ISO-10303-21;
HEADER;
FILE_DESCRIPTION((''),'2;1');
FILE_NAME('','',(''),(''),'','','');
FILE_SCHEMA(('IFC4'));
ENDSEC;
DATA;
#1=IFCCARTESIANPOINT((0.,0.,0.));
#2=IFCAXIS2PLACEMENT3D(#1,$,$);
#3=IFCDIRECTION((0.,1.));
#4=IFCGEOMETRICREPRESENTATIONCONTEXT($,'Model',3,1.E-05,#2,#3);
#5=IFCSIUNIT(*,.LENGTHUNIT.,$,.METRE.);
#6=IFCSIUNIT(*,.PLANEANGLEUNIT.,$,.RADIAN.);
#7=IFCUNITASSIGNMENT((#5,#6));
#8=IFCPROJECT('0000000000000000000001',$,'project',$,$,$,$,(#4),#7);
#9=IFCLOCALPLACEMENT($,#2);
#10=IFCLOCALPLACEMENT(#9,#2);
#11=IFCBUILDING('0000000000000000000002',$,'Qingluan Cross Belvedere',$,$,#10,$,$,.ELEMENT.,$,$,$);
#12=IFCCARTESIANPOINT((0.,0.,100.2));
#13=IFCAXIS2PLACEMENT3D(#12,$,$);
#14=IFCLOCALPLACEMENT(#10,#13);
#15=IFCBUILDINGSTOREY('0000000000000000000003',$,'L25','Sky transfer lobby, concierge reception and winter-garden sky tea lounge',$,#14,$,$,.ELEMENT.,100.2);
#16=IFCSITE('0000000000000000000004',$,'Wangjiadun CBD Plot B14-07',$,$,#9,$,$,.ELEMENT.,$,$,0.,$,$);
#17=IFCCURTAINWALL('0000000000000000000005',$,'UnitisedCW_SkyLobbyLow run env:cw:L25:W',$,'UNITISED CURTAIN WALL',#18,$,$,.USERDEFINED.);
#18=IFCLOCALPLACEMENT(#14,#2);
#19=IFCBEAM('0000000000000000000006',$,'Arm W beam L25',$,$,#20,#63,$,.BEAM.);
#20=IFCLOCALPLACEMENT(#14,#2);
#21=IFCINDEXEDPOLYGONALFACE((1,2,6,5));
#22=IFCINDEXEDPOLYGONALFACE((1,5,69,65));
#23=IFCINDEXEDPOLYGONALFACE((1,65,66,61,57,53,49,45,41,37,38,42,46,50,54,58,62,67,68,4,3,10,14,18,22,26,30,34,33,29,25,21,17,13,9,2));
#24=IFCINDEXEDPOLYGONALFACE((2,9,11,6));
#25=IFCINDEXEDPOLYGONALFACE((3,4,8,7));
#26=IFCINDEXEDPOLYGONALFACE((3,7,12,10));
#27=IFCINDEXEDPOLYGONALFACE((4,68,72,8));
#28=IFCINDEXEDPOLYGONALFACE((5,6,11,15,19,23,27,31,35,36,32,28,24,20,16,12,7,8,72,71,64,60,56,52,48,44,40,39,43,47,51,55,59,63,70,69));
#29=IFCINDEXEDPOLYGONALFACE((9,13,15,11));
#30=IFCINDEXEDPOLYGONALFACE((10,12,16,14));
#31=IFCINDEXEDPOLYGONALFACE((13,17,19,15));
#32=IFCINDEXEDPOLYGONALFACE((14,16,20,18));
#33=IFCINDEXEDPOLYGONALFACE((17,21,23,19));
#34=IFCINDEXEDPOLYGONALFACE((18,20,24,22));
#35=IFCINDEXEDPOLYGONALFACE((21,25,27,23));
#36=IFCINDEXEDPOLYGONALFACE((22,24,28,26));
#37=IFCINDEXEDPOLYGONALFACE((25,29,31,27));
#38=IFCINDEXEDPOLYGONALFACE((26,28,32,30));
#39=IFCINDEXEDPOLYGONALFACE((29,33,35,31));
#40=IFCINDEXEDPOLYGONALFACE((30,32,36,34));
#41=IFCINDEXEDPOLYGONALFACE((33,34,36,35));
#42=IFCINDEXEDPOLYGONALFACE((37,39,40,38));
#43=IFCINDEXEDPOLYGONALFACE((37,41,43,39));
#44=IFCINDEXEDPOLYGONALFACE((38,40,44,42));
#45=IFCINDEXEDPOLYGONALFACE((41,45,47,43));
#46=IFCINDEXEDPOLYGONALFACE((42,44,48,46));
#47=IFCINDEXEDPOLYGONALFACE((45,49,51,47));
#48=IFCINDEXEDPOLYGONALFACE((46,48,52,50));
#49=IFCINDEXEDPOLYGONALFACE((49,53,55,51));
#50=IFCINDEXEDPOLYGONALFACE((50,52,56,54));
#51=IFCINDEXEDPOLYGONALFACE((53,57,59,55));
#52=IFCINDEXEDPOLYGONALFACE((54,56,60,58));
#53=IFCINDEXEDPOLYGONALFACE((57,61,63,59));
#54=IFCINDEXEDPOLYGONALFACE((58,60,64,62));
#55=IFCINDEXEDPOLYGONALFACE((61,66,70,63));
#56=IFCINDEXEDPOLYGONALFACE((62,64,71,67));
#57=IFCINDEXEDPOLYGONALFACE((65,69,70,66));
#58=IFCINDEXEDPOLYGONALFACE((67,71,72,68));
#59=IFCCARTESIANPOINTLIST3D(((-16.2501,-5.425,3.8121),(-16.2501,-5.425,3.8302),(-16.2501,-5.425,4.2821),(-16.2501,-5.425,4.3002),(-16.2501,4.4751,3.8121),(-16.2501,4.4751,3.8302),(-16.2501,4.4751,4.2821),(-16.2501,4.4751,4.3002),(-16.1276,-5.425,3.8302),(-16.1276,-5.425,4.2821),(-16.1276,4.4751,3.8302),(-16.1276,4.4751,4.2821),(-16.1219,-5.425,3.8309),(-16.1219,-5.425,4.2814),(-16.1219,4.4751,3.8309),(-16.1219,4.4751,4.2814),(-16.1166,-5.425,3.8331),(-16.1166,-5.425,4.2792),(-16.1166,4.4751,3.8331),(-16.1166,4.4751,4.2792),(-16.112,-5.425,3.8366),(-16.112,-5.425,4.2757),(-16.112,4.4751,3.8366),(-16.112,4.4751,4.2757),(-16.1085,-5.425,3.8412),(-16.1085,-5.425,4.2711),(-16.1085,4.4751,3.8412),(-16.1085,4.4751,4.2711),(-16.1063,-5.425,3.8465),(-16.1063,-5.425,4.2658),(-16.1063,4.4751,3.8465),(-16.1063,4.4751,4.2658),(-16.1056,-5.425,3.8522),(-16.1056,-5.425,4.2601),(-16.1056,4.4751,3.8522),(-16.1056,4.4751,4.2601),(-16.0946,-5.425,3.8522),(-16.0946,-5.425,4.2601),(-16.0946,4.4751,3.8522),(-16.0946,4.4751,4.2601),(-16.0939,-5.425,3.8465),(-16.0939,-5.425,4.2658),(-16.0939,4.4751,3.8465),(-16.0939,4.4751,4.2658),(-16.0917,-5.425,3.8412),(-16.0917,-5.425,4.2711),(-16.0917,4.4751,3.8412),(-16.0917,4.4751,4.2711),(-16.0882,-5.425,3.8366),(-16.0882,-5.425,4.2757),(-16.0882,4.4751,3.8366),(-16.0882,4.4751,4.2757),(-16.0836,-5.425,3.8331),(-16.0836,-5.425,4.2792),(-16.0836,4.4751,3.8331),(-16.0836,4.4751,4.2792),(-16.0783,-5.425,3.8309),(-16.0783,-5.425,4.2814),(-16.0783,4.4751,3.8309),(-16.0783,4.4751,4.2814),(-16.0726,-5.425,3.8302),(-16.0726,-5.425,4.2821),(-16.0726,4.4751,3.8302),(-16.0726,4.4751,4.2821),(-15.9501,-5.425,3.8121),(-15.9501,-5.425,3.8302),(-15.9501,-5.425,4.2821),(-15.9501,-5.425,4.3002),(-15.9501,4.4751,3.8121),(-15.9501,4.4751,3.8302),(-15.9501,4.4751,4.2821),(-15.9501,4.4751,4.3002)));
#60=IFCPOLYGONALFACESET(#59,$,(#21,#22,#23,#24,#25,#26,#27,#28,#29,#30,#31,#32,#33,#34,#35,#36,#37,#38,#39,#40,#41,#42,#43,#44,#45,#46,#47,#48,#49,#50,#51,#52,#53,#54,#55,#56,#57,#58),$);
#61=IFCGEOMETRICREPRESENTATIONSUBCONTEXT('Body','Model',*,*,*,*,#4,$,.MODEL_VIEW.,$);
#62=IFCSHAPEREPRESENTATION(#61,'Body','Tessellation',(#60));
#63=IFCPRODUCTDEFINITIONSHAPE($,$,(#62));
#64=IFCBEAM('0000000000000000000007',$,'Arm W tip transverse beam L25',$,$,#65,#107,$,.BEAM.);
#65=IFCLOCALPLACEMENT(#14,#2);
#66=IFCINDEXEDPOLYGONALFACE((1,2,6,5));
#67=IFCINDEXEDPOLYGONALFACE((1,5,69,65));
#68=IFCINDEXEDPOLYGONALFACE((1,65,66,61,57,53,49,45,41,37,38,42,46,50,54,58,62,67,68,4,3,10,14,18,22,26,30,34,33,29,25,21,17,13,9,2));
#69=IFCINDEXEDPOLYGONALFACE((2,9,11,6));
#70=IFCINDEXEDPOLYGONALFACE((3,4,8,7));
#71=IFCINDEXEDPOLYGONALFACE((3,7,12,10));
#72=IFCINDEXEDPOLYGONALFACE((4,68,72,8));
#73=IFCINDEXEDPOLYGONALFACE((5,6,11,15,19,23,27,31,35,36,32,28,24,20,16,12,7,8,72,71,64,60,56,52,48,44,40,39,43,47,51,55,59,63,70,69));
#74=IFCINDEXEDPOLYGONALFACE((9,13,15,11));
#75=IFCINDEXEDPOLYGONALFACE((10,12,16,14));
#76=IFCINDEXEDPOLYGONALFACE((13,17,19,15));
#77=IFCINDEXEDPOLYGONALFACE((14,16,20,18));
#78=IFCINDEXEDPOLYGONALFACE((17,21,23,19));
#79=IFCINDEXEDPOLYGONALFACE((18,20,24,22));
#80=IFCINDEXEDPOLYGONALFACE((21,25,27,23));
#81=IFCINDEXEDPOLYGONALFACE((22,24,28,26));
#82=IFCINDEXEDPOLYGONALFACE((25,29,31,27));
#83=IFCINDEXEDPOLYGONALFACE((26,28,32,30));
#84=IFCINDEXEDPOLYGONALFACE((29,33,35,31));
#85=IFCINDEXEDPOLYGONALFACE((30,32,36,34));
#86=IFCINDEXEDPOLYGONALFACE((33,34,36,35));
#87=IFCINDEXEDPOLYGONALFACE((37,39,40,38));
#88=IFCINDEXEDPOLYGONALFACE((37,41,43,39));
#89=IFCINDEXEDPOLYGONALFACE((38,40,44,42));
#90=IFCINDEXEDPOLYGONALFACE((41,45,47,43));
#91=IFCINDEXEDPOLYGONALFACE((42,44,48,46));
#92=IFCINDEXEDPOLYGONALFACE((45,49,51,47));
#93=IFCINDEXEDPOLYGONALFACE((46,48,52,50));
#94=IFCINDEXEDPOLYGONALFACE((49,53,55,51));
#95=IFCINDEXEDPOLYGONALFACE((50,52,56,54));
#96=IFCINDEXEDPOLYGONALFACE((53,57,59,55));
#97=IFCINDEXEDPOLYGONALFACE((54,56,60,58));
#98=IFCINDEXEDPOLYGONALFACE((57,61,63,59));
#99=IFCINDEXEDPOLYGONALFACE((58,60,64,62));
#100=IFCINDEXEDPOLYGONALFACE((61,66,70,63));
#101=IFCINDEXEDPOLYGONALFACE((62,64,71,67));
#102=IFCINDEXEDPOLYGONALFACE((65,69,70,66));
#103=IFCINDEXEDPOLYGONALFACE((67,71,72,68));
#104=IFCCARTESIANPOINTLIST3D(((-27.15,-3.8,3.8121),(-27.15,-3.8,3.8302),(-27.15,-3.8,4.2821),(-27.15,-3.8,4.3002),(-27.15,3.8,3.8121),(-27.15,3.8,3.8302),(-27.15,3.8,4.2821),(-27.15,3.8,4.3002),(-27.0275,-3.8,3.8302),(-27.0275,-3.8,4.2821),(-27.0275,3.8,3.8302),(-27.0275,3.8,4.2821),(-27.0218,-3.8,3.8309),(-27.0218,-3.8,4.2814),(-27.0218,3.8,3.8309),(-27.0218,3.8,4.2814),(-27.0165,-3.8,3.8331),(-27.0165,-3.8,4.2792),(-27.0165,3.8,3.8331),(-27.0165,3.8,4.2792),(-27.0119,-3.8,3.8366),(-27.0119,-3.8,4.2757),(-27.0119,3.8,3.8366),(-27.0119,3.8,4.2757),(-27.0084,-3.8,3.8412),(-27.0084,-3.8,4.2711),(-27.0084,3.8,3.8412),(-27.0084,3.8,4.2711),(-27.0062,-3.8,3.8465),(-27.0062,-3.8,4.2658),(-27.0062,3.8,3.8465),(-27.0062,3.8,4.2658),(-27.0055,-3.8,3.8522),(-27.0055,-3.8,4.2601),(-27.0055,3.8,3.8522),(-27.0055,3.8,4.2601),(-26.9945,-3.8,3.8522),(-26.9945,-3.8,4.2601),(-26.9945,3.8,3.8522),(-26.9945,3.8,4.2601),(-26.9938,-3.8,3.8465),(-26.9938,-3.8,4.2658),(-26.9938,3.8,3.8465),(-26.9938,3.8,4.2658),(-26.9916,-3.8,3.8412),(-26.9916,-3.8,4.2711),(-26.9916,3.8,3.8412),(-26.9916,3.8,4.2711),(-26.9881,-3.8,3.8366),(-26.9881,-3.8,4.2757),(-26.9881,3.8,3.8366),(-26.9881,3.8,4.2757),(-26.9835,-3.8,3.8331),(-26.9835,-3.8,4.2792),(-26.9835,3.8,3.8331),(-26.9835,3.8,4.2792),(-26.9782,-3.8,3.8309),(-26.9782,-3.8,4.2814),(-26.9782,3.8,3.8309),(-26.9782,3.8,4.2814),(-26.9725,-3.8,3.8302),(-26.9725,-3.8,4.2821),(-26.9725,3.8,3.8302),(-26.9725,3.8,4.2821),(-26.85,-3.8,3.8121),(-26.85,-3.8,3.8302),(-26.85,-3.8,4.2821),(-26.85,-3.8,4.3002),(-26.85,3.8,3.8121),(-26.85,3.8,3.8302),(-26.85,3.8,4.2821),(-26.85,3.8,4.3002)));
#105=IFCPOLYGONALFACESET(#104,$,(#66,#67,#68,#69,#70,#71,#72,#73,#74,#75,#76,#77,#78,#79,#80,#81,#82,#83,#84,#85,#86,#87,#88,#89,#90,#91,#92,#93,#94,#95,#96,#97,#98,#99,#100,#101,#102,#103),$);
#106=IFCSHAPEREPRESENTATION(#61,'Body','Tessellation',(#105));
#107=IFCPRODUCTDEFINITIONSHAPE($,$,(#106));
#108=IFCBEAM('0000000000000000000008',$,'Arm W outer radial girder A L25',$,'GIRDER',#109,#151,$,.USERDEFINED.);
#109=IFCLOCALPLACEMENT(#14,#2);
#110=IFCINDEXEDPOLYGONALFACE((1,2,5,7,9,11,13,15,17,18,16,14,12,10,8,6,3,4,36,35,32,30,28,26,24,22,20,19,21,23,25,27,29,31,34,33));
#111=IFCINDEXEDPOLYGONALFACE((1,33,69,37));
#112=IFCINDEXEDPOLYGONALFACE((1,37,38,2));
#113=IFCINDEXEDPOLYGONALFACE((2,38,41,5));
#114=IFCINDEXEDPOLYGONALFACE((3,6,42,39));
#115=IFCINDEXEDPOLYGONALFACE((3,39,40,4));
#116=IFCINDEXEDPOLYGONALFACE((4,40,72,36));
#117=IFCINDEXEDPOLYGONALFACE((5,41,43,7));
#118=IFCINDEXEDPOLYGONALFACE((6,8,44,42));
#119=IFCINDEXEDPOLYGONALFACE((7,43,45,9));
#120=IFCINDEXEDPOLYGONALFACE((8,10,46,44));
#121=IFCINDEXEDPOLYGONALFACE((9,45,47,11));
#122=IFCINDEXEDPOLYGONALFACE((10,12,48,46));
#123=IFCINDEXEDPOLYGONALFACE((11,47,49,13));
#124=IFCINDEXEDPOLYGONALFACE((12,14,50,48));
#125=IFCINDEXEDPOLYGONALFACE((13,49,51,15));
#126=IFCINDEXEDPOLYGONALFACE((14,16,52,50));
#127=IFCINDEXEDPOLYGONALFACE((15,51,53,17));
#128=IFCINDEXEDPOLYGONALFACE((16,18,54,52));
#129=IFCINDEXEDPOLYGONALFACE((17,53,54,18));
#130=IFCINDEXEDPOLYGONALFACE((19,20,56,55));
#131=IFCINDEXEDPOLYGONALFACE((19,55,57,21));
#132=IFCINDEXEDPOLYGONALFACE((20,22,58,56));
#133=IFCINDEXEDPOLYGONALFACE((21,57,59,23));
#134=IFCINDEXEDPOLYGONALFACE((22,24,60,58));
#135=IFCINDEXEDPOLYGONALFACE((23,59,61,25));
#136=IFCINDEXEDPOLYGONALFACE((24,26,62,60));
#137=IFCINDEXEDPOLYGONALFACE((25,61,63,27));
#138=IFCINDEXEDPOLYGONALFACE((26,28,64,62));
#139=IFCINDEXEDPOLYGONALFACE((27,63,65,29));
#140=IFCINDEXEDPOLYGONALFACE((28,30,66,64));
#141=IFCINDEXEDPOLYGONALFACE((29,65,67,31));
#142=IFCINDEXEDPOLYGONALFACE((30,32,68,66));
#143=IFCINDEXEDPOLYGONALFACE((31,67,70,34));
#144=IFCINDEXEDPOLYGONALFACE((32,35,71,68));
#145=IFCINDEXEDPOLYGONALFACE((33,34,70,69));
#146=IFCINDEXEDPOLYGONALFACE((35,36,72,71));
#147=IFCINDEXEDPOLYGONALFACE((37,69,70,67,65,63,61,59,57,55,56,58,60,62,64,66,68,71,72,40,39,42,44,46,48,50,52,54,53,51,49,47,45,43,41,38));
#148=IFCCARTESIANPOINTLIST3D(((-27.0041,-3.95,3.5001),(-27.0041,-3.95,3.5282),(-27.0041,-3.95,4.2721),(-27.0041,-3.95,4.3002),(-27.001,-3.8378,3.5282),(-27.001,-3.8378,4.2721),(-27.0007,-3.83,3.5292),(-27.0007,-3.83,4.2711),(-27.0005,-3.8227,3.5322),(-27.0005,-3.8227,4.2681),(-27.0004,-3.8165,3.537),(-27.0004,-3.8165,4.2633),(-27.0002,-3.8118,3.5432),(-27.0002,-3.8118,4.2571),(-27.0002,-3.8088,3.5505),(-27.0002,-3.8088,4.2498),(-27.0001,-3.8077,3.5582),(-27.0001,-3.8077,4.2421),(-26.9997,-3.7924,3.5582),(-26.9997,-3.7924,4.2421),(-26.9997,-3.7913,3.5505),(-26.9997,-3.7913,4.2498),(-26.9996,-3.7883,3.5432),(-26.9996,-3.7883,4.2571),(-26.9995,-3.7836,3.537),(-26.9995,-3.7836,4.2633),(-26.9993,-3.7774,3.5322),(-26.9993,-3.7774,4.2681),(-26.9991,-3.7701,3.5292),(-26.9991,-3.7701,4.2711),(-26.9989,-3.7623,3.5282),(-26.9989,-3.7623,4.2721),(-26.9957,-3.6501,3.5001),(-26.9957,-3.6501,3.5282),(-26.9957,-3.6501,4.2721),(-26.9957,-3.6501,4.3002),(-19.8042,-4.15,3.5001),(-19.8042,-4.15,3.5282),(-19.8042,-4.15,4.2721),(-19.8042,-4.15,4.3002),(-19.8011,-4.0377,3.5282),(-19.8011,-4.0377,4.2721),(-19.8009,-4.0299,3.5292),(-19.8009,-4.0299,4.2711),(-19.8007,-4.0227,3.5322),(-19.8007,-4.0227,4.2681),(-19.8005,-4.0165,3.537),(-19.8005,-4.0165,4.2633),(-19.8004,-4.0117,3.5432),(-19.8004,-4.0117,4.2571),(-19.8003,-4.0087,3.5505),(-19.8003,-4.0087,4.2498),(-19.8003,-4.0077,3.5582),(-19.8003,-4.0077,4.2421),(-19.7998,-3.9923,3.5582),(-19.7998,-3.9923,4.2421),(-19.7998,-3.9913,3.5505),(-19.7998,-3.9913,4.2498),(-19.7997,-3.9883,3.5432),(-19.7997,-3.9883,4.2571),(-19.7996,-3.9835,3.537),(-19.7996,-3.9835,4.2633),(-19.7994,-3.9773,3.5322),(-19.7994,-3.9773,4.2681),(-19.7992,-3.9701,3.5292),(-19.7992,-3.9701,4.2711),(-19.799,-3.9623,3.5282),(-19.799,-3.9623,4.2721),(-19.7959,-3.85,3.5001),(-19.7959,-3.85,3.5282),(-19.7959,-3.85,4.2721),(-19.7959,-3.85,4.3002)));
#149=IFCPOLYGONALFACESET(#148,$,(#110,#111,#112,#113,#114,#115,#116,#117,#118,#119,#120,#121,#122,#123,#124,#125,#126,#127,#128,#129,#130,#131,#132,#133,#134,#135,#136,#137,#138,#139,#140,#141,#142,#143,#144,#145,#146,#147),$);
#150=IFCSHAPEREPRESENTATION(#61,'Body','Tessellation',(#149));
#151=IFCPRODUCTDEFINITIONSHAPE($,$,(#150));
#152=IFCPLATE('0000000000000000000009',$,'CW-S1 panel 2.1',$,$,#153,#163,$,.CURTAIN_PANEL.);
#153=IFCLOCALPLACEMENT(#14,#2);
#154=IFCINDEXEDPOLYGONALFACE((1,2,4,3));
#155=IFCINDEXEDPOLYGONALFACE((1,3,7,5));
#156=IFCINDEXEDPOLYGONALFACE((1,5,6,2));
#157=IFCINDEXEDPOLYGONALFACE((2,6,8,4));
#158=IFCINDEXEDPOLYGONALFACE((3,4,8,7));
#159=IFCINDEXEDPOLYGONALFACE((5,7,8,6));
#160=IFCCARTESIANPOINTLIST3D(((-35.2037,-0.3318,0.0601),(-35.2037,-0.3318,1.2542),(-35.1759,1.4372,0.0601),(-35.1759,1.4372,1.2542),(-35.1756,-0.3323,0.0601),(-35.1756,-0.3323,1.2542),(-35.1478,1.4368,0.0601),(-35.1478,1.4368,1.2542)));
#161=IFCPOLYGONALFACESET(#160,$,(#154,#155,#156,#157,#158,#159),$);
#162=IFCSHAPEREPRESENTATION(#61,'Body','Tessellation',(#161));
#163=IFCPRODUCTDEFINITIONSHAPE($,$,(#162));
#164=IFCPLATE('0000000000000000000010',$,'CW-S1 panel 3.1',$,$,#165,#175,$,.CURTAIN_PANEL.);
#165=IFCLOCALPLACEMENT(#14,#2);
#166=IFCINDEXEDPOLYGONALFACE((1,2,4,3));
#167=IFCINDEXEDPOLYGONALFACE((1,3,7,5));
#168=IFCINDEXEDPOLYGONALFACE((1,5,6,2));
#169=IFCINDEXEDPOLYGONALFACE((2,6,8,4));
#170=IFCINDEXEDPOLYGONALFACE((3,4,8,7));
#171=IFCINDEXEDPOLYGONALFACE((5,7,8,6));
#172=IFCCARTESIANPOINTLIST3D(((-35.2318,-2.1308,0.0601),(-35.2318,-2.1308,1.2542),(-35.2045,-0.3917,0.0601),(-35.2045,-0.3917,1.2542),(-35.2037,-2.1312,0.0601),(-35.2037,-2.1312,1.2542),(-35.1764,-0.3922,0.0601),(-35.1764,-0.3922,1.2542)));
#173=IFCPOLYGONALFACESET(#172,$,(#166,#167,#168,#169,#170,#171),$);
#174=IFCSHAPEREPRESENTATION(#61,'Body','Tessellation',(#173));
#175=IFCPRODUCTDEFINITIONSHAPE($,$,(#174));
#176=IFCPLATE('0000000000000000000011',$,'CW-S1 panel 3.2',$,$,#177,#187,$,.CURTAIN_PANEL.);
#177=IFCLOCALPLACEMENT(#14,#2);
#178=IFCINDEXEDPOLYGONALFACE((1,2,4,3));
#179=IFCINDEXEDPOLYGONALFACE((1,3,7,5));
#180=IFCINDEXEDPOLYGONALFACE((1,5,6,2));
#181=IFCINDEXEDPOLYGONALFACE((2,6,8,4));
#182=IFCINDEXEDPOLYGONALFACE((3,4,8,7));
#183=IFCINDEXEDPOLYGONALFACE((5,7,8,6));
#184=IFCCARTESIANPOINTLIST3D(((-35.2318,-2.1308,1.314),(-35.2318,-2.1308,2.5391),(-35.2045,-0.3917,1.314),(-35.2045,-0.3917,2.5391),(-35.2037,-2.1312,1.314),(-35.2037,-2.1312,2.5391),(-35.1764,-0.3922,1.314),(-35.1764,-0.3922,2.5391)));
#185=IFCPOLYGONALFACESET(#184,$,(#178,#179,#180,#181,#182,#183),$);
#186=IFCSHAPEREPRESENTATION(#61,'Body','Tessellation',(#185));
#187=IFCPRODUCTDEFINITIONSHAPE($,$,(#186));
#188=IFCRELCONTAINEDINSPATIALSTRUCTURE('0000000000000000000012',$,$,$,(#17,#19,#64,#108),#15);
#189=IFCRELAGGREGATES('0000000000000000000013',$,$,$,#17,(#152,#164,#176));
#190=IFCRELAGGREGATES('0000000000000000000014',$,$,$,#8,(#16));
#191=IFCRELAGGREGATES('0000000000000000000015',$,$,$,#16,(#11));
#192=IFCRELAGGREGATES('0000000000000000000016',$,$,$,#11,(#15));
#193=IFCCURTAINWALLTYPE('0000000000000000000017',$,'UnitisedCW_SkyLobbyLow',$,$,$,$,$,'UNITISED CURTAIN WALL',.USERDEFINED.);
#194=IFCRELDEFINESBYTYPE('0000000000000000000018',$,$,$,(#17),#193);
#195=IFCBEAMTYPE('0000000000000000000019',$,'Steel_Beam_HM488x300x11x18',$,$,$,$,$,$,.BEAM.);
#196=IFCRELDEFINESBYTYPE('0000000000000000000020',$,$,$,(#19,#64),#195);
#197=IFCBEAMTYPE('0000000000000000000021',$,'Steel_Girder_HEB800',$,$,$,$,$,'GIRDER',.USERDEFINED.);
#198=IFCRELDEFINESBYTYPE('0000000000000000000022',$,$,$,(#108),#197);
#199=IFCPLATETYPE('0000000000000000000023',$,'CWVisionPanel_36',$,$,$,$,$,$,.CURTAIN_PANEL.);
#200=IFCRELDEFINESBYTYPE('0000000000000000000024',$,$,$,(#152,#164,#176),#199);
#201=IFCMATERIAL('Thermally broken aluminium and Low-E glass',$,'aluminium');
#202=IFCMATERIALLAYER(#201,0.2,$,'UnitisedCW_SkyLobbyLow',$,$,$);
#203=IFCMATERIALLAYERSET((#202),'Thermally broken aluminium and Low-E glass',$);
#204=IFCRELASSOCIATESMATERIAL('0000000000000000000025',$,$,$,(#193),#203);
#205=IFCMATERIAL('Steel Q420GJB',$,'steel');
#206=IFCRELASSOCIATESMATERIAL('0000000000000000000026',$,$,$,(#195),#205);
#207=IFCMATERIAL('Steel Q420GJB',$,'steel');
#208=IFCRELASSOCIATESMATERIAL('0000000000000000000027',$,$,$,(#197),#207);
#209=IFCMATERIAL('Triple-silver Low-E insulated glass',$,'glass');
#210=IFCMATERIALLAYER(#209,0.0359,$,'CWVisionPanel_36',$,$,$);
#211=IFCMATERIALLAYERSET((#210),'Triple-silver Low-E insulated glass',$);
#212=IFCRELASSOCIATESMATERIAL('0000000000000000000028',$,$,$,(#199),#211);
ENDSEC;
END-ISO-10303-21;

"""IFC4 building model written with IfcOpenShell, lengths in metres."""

from ifc_helpers import new_model, si_unit, direction, frame, origin, origin_2d, place, context, subcontext, project, spatial, rectangle, i_section, extrude, material, layer, layer_set, material_profile, profile_set, type_object, element, aggregate, save


model = new_model("IFC4")

# Units and contexts
model_context = context("Model", 3, precision=1e-05, world=origin(), true_north=direction((0.0, 1.0)))
body_context = subcontext(model_context, "Body", "Model", "MODEL_VIEW")
ifc_project = project(units=[si_unit("LENGTHUNIT", "METRE"), si_unit("PLANEANGLEUNIT", "RADIAN")], contexts=[model_context])

# Site, building, storey
site_placement = place(None, origin())
site = spatial("IfcSite", under=ifc_project, at=site_placement, Name="Wangjiadun CBD Plot B14-07", CompositionType="ELEMENT", RefElevation=0.0)
building_placement = place(site_placement, origin())
building = spatial("IfcBuilding", under=site, at=building_placement, Name="Qingluan Cross Belvedere", CompositionType="ELEMENT")
storey_placement = place(building_placement, frame((0.0, 0.0, 100.2)))
storey = spatial("IfcBuildingStorey", under=building, at=storey_placement, Name="L25", Description="Sky transfer lobby, concierge reception and winter-garden sky tea lounge", CompositionType="ELEMENT", Elevation=100.2)

# Curtain wall
ifc_material_1 = material(Name="Thermally broken aluminium and Low-E glass", Category="aluminium")
ifc_layer_1 = layer(ifc_material_1, 0.2, Name="UnitisedCW_SkyLobbyLow")
ifc_layer_set_1 = layer_set([ifc_layer_1], Name="Thermally broken aluminium and Low-E glass")
curtain_wall_type = type_object("IfcCurtainWallType", Name="UnitisedCW_SkyLobbyLow", ElementType="UNITISED CURTAIN WALL", PredefinedType="USERDEFINED", material=ifc_layer_set_1)
curtain_wall_placement = place(storey_placement, origin())
curtain_wall = element("IfcCurtainWall", 1, at=curtain_wall_placement, inside=storey, type_object=curtain_wall_type, Name="UnitisedCW_SkyLobbyLow run env:cw:L25:W", ObjectType="UNITISED CURTAIN WALL", PredefinedType="USERDEFINED")

# Beams
ifc_material_2 = material(Name="Steel Q420GJB", Category="steel")
ifc_material_profile_1 = material_profile(ifc_material_2, i_section(OverallWidth=0.3, OverallDepth=0.488, WebThickness=0.011, FlangeThickness=0.0181, FilletRadius=0.022, at=origin_2d()), Name="HM488x300x11x18")
ifc_profile_set_1 = profile_set([ifc_material_profile_1], Name="Steel Q420GJB")
beam_type_1 = type_object("IfcBeamType", Name="Steel_Beam_HM488x300x11x18", PredefinedType="BEAM", material=ifc_profile_set_1)
beam_1_placement = place(storey_placement, frame((-16.1001, -5.425, 4.0562), z_axis=(0.0, 1.0, 0.0), x_axis=(-1.0, 0.0, 0.0)))
element("IfcBeam", 2, at=beam_1_placement, inside=storey, type_object=beam_type_1, Name="Arm W beam L25", PredefinedType="BEAM", context=body_context, shape_type="SweptSolid", body=[
    extrude(i_section(OverallWidth=0.3, OverallDepth=0.488, WebThickness=0.011, FlangeThickness=0.0181, FilletRadius=0.022, at=origin_2d()), origin(), (0.0, 0.0, 1.0), 9.9001),
])
beam_2_placement = place(storey_placement, frame((-27.0, -3.8, 4.0562), z_axis=(0.0, 1.0, 0.0), x_axis=(-1.0, 0.0, 0.0)))
element("IfcBeam", 3, at=beam_2_placement, inside=storey, type_object=beam_type_1, Name="Arm W tip transverse beam L25", PredefinedType="BEAM", context=body_context, shape_type="SweptSolid", body=[
    extrude(i_section(OverallWidth=0.3, OverallDepth=0.488, WebThickness=0.011, FlangeThickness=0.0181, FilletRadius=0.022, at=origin_2d()), origin(), (0.0, 0.0, 1.0), 7.6001),
])
ifc_material_3 = material(Name="Steel Q420GJB", Category="steel")
ifc_material_profile_2 = material_profile(ifc_material_3, i_section(OverallWidth=0.3, OverallDepth=0.8, WebThickness=0.0154, FlangeThickness=0.0281, FilletRadius=0.03, at=origin_2d()), Name="HEB800")
ifc_profile_set_2 = profile_set([ifc_material_profile_2], Name="Steel Q420GJB")
beam_type_2 = type_object("IfcBeamType", Name="Steel_Girder_HEB800", ElementType="GIRDER", PredefinedType="USERDEFINED", material=ifc_profile_set_2)
beam_3_placement = place(storey_placement, frame((-19.8, -4.0, 3.9001), z_axis=(-0.999615, 0.02776, 0.0), x_axis=(-0.02776, -0.999615, 0.0)))
element("IfcBeam", 4, at=beam_3_placement, inside=storey, type_object=beam_type_2, Name="Arm W outer radial girder A L25", ObjectType="GIRDER", PredefinedType="USERDEFINED", context=body_context, shape_type="SweptSolid", body=[
    extrude(i_section(OverallWidth=0.3, OverallDepth=0.8, WebThickness=0.0154, FlangeThickness=0.0281, FilletRadius=0.03, at=origin_2d()), origin(), (0.0, 0.0, 1.0), 7.2026),
])

# Plates
ifc_material_4 = material(Name="Triple-silver Low-E insulated glass", Category="glass")
ifc_layer_2 = layer(ifc_material_4, 0.0359, Name="CWVisionPanel_36")
ifc_layer_set_2 = layer_set([ifc_layer_2], Name="Triple-silver Low-E insulated glass")
plate_type = type_object("IfcPlateType", Name="CWVisionPanel_36", PredefinedType="CURTAIN_PANEL", material=ifc_layer_set_2)
plate_1_placement = place(storey_placement, frame((-35.1758, 0.5525, 0.0601), z_axis=(0.0, 0.0, 1.0), x_axis=(-0.015707, -0.999877, 0.0)))
plate_1 = element("IfcPlate", 5, at=plate_1_placement, type_object=plate_type, Name="CW-S1 panel 2.1", PredefinedType="CURTAIN_PANEL", context=body_context, shape_type="SweptSolid", body=[
    extrude(rectangle(XDim=1.7693, YDim=0.0281, at=origin_2d()), origin(), (0.0, 0.0, 1.0), 1.1941),
])
plate_2_placement = place(storey_placement, frame((-35.2041, -1.2615, 0.0601), z_axis=(0.0, 0.0, 1.0), x_axis=(-0.015707, -0.999877, 0.0)))
plate_2 = element("IfcPlate", 6, at=plate_2_placement, type_object=plate_type, Name="CW-S1 panel 3.1", PredefinedType="CURTAIN_PANEL", context=body_context, shape_type="SweptSolid", body=[
    extrude(rectangle(XDim=1.7393, YDim=0.0281, at=origin_2d()), origin(), (0.0, 0.0, 1.0), 1.1941),
])
plate_3_placement = place(storey_placement, frame((-35.2041, -1.2615, 1.314), z_axis=(0.0, 0.0, 1.0), x_axis=(-0.015707, -0.999877, 0.0)))
plate_3 = element("IfcPlate", 7, at=plate_3_placement, type_object=plate_type, Name="CW-S1 panel 3.2", PredefinedType="CURTAIN_PANEL", context=body_context, shape_type="SweptSolid", body=[
    extrude(rectangle(XDim=1.7393, YDim=0.0281, at=origin_2d()), origin(), (0.0, 0.0, 1.0), 1.2251),
])
aggregate(curtain_wall, [plate_1, plate_2, plate_3])

save(model, "model.ifc")
